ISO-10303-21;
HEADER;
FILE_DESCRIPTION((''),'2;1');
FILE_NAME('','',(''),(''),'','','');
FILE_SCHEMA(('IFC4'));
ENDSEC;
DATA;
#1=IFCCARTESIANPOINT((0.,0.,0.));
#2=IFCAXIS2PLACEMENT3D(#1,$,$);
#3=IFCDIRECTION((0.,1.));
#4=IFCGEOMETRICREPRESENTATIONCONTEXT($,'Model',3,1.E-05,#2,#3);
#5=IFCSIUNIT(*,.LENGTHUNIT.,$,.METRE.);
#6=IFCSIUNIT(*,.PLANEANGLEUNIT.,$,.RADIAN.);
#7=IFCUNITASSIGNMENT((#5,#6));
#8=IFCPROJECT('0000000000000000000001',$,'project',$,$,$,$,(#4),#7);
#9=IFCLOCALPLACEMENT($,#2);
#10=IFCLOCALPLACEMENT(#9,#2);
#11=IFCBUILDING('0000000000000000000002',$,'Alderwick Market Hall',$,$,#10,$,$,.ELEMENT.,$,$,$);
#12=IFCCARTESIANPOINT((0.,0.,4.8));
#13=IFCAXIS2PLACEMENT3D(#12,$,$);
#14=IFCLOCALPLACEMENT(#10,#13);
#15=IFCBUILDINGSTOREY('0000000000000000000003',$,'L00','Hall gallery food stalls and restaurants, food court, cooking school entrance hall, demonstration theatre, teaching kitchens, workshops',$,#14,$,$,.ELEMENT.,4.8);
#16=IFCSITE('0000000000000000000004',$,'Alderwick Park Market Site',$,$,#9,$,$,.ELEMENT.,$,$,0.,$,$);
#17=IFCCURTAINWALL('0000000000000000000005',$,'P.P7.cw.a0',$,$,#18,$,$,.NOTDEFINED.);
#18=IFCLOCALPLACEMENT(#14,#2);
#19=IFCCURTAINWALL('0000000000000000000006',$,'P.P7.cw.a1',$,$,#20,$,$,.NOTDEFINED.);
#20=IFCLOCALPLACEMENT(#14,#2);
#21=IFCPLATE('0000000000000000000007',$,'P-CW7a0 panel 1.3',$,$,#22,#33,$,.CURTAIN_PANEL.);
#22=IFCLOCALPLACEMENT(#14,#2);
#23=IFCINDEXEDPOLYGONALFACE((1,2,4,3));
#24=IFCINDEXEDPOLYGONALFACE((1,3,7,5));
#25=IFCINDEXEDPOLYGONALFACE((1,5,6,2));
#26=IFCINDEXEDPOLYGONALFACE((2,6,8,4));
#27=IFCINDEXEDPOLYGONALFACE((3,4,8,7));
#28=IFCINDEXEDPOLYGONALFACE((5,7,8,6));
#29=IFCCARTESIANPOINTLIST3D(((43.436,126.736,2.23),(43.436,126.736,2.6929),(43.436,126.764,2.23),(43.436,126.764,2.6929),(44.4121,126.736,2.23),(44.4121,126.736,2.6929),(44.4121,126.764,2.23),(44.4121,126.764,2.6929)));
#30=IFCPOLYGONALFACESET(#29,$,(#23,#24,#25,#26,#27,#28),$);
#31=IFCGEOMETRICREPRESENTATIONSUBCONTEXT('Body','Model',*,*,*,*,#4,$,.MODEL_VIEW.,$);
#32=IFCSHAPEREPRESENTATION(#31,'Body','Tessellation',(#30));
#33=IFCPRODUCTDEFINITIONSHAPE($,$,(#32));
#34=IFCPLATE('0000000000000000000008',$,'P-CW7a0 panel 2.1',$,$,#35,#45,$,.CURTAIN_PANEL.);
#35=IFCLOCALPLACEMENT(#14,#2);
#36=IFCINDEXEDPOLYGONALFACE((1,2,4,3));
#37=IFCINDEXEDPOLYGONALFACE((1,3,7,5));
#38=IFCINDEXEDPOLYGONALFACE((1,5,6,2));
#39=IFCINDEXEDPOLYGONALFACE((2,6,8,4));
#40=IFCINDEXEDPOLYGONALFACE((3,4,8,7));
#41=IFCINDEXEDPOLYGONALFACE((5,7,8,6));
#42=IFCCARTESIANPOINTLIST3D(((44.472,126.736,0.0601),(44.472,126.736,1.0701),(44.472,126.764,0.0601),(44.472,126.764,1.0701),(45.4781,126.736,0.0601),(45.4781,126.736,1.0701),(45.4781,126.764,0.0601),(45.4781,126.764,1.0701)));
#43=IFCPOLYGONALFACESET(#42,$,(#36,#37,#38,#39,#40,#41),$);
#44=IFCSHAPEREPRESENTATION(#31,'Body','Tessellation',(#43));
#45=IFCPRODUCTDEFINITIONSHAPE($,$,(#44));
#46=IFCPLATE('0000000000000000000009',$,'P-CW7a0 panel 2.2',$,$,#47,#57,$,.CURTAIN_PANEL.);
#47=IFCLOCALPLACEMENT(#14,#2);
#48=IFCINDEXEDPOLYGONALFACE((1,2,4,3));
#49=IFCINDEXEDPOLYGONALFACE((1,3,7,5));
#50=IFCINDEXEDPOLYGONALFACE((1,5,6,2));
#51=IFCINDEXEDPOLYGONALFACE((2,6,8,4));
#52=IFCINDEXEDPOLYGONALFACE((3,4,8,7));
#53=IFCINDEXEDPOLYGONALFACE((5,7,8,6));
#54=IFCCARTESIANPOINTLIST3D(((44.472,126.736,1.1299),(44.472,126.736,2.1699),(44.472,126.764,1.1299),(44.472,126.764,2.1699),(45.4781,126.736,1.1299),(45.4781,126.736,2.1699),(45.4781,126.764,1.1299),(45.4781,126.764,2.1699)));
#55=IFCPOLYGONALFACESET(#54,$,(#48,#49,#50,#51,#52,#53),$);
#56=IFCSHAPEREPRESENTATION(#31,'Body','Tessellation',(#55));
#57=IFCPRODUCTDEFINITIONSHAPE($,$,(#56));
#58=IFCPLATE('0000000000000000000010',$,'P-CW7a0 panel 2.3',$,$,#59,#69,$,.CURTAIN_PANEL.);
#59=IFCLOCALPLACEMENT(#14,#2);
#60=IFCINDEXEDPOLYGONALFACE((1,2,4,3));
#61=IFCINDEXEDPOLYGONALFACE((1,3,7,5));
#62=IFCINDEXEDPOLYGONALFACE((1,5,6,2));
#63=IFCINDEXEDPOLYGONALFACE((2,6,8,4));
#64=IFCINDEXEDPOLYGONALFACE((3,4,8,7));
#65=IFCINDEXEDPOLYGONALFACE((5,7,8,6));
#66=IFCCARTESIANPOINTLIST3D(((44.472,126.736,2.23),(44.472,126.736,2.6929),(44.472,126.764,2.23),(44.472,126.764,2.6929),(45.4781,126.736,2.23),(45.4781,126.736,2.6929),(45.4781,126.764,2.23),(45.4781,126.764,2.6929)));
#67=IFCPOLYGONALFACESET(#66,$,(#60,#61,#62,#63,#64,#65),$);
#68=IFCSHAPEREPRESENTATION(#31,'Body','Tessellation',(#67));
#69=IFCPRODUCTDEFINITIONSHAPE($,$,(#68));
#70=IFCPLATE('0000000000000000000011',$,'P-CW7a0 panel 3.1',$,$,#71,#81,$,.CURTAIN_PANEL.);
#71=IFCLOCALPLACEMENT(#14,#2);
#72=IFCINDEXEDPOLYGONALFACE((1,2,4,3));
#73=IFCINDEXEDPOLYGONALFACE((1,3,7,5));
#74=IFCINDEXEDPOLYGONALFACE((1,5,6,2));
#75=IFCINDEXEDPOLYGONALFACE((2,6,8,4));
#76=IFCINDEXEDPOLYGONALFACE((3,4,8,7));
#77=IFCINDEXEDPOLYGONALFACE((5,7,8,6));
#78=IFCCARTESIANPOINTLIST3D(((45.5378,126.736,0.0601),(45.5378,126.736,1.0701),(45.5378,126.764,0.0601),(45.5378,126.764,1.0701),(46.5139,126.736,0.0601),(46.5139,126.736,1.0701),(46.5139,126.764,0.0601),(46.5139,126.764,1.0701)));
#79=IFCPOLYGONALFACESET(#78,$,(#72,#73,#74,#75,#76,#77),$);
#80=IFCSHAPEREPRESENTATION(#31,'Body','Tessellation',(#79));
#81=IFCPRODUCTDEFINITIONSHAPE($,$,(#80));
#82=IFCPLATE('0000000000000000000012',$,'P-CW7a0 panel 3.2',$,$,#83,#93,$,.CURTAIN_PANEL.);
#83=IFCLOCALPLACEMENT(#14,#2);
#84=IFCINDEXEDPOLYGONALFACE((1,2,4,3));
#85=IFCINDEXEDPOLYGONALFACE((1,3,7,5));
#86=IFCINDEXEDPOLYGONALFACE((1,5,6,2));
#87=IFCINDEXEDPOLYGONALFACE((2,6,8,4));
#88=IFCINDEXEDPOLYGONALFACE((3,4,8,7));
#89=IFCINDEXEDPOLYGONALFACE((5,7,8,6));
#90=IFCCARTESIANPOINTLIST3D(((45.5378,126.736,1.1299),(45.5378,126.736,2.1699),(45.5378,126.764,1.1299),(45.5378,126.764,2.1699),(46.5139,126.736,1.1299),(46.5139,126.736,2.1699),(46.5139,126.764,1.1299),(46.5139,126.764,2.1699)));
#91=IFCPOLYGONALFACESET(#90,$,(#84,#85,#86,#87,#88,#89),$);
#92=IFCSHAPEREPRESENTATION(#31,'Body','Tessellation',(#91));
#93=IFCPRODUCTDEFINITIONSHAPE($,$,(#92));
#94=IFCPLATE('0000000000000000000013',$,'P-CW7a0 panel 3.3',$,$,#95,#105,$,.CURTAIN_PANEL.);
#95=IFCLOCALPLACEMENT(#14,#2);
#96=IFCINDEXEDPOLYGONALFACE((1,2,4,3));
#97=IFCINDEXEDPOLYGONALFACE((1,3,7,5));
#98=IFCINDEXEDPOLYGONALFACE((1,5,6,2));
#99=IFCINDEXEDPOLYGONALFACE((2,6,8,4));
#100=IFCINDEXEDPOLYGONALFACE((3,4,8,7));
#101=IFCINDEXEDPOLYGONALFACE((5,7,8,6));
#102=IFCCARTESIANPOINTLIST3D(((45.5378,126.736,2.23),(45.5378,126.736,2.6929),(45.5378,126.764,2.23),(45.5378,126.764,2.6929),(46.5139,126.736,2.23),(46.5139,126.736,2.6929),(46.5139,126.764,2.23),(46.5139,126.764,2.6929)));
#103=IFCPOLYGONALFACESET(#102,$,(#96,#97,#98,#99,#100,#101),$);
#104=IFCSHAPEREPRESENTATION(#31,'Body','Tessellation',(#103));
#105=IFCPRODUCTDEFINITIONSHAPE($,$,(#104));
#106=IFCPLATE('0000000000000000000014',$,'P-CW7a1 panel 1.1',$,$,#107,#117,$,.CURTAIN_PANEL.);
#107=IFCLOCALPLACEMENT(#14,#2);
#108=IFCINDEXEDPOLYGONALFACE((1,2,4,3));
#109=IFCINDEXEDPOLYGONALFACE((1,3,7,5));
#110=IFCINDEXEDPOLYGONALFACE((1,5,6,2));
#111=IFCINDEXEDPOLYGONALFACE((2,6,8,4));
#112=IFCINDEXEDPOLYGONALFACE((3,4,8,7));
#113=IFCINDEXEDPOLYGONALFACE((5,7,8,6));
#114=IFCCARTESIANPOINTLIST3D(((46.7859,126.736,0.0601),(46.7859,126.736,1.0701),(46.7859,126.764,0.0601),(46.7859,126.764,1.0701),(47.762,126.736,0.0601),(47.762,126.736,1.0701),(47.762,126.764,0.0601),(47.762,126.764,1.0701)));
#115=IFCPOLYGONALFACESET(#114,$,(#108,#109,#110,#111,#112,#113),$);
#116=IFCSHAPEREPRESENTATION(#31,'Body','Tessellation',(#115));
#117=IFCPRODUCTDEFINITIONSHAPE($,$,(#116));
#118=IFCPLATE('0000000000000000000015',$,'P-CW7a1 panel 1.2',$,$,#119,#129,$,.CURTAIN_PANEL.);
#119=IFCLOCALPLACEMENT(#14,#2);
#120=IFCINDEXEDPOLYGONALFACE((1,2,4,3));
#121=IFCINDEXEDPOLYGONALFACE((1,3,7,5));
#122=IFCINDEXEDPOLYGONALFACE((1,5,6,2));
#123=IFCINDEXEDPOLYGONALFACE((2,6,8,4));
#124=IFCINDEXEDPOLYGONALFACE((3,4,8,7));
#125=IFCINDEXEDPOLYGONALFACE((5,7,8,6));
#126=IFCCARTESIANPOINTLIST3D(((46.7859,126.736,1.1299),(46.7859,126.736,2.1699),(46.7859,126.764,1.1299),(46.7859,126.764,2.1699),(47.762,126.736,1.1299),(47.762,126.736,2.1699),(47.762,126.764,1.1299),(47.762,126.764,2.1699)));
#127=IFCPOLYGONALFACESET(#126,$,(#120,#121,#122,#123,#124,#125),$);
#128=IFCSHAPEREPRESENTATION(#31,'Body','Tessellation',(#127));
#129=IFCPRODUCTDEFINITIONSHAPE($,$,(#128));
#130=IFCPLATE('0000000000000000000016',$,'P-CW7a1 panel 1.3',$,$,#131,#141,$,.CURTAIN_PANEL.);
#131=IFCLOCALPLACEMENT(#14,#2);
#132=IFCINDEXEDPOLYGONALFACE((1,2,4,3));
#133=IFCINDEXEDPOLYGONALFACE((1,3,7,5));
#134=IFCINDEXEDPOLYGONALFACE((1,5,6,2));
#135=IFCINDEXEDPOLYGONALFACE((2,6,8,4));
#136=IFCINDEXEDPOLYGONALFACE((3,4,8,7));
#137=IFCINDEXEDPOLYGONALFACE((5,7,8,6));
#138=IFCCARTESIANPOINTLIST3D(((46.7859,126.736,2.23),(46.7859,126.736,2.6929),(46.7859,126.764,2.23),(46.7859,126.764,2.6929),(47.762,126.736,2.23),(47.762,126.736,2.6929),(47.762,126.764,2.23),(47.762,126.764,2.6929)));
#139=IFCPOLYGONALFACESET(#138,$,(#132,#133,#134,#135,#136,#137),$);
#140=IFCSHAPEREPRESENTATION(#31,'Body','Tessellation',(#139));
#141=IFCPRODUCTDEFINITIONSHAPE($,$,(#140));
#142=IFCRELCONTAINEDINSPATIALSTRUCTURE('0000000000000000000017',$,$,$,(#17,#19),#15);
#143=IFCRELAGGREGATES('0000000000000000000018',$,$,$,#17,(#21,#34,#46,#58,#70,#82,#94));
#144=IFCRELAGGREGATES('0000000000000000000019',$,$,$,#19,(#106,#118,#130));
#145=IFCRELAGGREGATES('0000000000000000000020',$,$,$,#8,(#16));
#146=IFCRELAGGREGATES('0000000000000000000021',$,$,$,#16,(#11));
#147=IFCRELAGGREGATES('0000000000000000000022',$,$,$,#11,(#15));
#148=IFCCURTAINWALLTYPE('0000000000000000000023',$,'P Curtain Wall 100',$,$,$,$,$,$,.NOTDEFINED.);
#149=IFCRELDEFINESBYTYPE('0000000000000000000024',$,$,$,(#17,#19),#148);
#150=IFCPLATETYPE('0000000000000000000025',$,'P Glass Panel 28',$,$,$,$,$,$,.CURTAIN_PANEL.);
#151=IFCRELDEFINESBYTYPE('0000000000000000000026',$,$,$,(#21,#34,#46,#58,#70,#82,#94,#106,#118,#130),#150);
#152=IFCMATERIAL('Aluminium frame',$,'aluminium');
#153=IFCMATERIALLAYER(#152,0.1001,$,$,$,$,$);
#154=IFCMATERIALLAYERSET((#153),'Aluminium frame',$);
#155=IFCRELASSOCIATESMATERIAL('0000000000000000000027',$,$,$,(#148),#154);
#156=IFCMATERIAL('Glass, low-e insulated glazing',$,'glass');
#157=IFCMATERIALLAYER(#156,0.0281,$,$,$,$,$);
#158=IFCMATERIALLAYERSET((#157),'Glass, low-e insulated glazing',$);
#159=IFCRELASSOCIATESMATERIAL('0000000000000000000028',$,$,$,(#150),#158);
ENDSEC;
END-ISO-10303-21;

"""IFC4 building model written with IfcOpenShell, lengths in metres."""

from ifc_helpers import new_model, si_unit, direction, frame, origin, origin_2d, place, context, subcontext, project, spatial, rectangle, extrude, material, layer, layer_set, type_object, element, aggregate, save


model = new_model("IFC4")

# Units and contexts
model_context = context("Model", 3, precision=1e-05, world=origin(), true_north=direction((0.0, 1.0)))
body_context = subcontext(model_context, "Body", "Model", "MODEL_VIEW")
ifc_project = project(units=[si_unit("LENGTHUNIT", "METRE"), si_unit("PLANEANGLEUNIT", "RADIAN")], contexts=[model_context])

# Site, building, storey
site_placement = place(None, origin())
site = spatial("IfcSite", under=ifc_project, at=site_placement, Name="Alderwick Park Market Site", CompositionType="ELEMENT", RefElevation=0.0)
building_placement = place(site_placement, origin())
building = spatial("IfcBuilding", under=site, at=building_placement, Name="Alderwick Market Hall", CompositionType="ELEMENT")
storey_placement = place(building_placement, frame((0.0, 0.0, 4.8)))
storey = spatial("IfcBuildingStorey", under=building, at=storey_placement, Name="L00", Description="Hall gallery food stalls and restaurants, food court, cooking school entrance hall, demonstration theatre, teaching kitchens, workshops", CompositionType="ELEMENT", Elevation=4.8)

# Curtain wall
ifc_material_1 = material(Name="Aluminium frame", Category="aluminium")
ifc_layer_1 = layer(ifc_material_1, 0.1001)
ifc_layer_set_1 = layer_set([ifc_layer_1], Name="Aluminium frame")
curtain_wall_type = type_object("IfcCurtainWallType", Name="P Curtain Wall 100", PredefinedType="NOTDEFINED", material=ifc_layer_set_1)
curtain_wall_1_placement = place(storey_placement, origin())
curtain_wall_1 = element("IfcCurtainWall", 1, at=curtain_wall_1_placement, inside=storey, type_object=curtain_wall_type, Name="P.P7.cw.a0", PredefinedType="NOTDEFINED")

# Curtain wall
curtain_wall_2_placement = place(storey_placement, origin())
curtain_wall_2 = element("IfcCurtainWall", 2, at=curtain_wall_2_placement, inside=storey, type_object=curtain_wall_type, Name="P.P7.cw.a1", PredefinedType="NOTDEFINED")

# Plates
ifc_material_2 = material(Name="Glass, low-e insulated glazing", Category="glass")
ifc_layer_2 = layer(ifc_material_2, 0.0281)
ifc_layer_set_2 = layer_set([ifc_layer_2], Name="Glass, low-e insulated glazing")
plate_type = type_object("IfcPlateType", Name="P Glass Panel 28", PredefinedType="CURTAIN_PANEL", material=ifc_layer_set_2)
plate_1_placement = place(storey_placement, frame((43.9241, 126.75, 2.23), z_axis=(0.0, 0.0, 1.0), x_axis=(1.0, 0.0, 0.0)))
plate_1 = element("IfcPlate", 3, at=plate_1_placement, type_object=plate_type, Name="P-CW7a0 panel 1.3", PredefinedType="CURTAIN_PANEL", context=body_context, shape_type="SweptSolid", body=[
    extrude(rectangle(XDim=0.9761, YDim=0.0281, at=origin_2d()), origin(), (0.0, 0.0, 1.0), 0.4629),
])
plate_2_placement = place(storey_placement, frame((44.9751, 126.75, 0.0601), z_axis=(0.0, 0.0, 1.0), x_axis=(1.0, 0.0, 0.0)))
plate_2 = element("IfcPlate", 4, at=plate_2_placement, type_object=plate_type, Name="P-CW7a0 panel 2.1", PredefinedType="CURTAIN_PANEL", context=body_context, shape_type="SweptSolid", body=[
    extrude(rectangle(XDim=1.0061, YDim=0.0281, at=origin_2d()), origin(), (0.0, 0.0, 1.0), 1.01),
])
plate_3_placement = place(storey_placement, frame((44.9751, 126.75, 1.1299), z_axis=(0.0, 0.0, 1.0), x_axis=(1.0, 0.0, 0.0)))
plate_3 = element("IfcPlate", 5, at=plate_3_placement, type_object=plate_type, Name="P-CW7a0 panel 2.2", PredefinedType="CURTAIN_PANEL", context=body_context, shape_type="SweptSolid", body=[
    extrude(rectangle(XDim=1.0061, YDim=0.0281, at=origin_2d()), origin(), (0.0, 0.0, 1.0), 1.04),
])
plate_4_placement = place(storey_placement, frame((44.9751, 126.75, 2.23), z_axis=(0.0, 0.0, 1.0), x_axis=(1.0, 0.0, 0.0)))
plate_4 = element("IfcPlate", 6, at=plate_4_placement, type_object=plate_type, Name="P-CW7a0 panel 2.3", PredefinedType="CURTAIN_PANEL", context=body_context, shape_type="SweptSolid", body=[
    extrude(rectangle(XDim=1.0061, YDim=0.0281, at=origin_2d()), origin(), (0.0, 0.0, 1.0), 0.4629),
])
plate_5_placement = place(storey_placement, frame((46.0259, 126.75, 0.0601), z_axis=(0.0, 0.0, 1.0), x_axis=(1.0, 0.0, 0.0)))
plate_5 = element("IfcPlate", 7, at=plate_5_placement, type_object=plate_type, Name="P-CW7a0 panel 3.1", PredefinedType="CURTAIN_PANEL", context=body_context, shape_type="SweptSolid", body=[
    extrude(rectangle(XDim=0.9761, YDim=0.0281, at=origin_2d()), origin(), (0.0, 0.0, 1.0), 1.01),
])
plate_6_placement = place(storey_placement, frame((46.0259, 126.75, 1.1299), z_axis=(0.0, 0.0, 1.0), x_axis=(1.0, 0.0, 0.0)))
plate_6 = element("IfcPlate", 8, at=plate_6_placement, type_object=plate_type, Name="P-CW7a0 panel 3.2", PredefinedType="CURTAIN_PANEL", context=body_context, shape_type="SweptSolid", body=[
    extrude(rectangle(XDim=0.9761, YDim=0.0281, at=origin_2d()), origin(), (0.0, 0.0, 1.0), 1.04),
])
plate_7_placement = place(storey_placement, frame((46.0259, 126.75, 2.23), z_axis=(0.0, 0.0, 1.0), x_axis=(1.0, 0.0, 0.0)))
plate_7 = element("IfcPlate", 9, at=plate_7_placement, type_object=plate_type, Name="P-CW7a0 panel 3.3", PredefinedType="CURTAIN_PANEL", context=body_context, shape_type="SweptSolid", body=[
    extrude(rectangle(XDim=0.9761, YDim=0.0281, at=origin_2d()), origin(), (0.0, 0.0, 1.0), 0.4629),
])
aggregate(curtain_wall_1, [plate_1, plate_2, plate_3, plate_4, plate_5, plate_6, plate_7])
plate_8_placement = place(storey_placement, frame((47.2739, 126.75, 0.0601), z_axis=(0.0, 0.0, 1.0), x_axis=(1.0, 0.0, 0.0)))
plate_8 = element("IfcPlate", 10, at=plate_8_placement, type_object=plate_type, Name="P-CW7a1 panel 1.1", PredefinedType="CURTAIN_PANEL", context=body_context, shape_type="SweptSolid", body=[
    extrude(rectangle(XDim=0.9761, YDim=0.0281, at=origin_2d()), origin(), (0.0, 0.0, 1.0), 1.01),
])
plate_9_placement = place(storey_placement, frame((47.2739, 126.75, 1.1299), z_axis=(0.0, 0.0, 1.0), x_axis=(1.0, 0.0, 0.0)))
plate_9 = element("IfcPlate", 11, at=plate_9_placement, type_object=plate_type, Name="P-CW7a1 panel 1.2", PredefinedType="CURTAIN_PANEL", context=body_context, shape_type="SweptSolid", body=[
    extrude(rectangle(XDim=0.9761, YDim=0.0281, at=origin_2d()), origin(), (0.0, 0.0, 1.0), 1.04),
])
plate_10_placement = place(storey_placement, frame((47.2739, 126.75, 2.23), z_axis=(0.0, 0.0, 1.0), x_axis=(1.0, 0.0, 0.0)))
plate_10 = element("IfcPlate", 12, at=plate_10_placement, type_object=plate_type, Name="P-CW7a1 panel 1.3", PredefinedType="CURTAIN_PANEL", context=body_context, shape_type="SweptSolid", body=[
    extrude(rectangle(XDim=0.9761, YDim=0.0281, at=origin_2d()), origin(), (0.0, 0.0, 1.0), 0.4629),
])
aggregate(curtain_wall_2, [plate_8, plate_9, plate_10])

save(model, "model.ifc")
